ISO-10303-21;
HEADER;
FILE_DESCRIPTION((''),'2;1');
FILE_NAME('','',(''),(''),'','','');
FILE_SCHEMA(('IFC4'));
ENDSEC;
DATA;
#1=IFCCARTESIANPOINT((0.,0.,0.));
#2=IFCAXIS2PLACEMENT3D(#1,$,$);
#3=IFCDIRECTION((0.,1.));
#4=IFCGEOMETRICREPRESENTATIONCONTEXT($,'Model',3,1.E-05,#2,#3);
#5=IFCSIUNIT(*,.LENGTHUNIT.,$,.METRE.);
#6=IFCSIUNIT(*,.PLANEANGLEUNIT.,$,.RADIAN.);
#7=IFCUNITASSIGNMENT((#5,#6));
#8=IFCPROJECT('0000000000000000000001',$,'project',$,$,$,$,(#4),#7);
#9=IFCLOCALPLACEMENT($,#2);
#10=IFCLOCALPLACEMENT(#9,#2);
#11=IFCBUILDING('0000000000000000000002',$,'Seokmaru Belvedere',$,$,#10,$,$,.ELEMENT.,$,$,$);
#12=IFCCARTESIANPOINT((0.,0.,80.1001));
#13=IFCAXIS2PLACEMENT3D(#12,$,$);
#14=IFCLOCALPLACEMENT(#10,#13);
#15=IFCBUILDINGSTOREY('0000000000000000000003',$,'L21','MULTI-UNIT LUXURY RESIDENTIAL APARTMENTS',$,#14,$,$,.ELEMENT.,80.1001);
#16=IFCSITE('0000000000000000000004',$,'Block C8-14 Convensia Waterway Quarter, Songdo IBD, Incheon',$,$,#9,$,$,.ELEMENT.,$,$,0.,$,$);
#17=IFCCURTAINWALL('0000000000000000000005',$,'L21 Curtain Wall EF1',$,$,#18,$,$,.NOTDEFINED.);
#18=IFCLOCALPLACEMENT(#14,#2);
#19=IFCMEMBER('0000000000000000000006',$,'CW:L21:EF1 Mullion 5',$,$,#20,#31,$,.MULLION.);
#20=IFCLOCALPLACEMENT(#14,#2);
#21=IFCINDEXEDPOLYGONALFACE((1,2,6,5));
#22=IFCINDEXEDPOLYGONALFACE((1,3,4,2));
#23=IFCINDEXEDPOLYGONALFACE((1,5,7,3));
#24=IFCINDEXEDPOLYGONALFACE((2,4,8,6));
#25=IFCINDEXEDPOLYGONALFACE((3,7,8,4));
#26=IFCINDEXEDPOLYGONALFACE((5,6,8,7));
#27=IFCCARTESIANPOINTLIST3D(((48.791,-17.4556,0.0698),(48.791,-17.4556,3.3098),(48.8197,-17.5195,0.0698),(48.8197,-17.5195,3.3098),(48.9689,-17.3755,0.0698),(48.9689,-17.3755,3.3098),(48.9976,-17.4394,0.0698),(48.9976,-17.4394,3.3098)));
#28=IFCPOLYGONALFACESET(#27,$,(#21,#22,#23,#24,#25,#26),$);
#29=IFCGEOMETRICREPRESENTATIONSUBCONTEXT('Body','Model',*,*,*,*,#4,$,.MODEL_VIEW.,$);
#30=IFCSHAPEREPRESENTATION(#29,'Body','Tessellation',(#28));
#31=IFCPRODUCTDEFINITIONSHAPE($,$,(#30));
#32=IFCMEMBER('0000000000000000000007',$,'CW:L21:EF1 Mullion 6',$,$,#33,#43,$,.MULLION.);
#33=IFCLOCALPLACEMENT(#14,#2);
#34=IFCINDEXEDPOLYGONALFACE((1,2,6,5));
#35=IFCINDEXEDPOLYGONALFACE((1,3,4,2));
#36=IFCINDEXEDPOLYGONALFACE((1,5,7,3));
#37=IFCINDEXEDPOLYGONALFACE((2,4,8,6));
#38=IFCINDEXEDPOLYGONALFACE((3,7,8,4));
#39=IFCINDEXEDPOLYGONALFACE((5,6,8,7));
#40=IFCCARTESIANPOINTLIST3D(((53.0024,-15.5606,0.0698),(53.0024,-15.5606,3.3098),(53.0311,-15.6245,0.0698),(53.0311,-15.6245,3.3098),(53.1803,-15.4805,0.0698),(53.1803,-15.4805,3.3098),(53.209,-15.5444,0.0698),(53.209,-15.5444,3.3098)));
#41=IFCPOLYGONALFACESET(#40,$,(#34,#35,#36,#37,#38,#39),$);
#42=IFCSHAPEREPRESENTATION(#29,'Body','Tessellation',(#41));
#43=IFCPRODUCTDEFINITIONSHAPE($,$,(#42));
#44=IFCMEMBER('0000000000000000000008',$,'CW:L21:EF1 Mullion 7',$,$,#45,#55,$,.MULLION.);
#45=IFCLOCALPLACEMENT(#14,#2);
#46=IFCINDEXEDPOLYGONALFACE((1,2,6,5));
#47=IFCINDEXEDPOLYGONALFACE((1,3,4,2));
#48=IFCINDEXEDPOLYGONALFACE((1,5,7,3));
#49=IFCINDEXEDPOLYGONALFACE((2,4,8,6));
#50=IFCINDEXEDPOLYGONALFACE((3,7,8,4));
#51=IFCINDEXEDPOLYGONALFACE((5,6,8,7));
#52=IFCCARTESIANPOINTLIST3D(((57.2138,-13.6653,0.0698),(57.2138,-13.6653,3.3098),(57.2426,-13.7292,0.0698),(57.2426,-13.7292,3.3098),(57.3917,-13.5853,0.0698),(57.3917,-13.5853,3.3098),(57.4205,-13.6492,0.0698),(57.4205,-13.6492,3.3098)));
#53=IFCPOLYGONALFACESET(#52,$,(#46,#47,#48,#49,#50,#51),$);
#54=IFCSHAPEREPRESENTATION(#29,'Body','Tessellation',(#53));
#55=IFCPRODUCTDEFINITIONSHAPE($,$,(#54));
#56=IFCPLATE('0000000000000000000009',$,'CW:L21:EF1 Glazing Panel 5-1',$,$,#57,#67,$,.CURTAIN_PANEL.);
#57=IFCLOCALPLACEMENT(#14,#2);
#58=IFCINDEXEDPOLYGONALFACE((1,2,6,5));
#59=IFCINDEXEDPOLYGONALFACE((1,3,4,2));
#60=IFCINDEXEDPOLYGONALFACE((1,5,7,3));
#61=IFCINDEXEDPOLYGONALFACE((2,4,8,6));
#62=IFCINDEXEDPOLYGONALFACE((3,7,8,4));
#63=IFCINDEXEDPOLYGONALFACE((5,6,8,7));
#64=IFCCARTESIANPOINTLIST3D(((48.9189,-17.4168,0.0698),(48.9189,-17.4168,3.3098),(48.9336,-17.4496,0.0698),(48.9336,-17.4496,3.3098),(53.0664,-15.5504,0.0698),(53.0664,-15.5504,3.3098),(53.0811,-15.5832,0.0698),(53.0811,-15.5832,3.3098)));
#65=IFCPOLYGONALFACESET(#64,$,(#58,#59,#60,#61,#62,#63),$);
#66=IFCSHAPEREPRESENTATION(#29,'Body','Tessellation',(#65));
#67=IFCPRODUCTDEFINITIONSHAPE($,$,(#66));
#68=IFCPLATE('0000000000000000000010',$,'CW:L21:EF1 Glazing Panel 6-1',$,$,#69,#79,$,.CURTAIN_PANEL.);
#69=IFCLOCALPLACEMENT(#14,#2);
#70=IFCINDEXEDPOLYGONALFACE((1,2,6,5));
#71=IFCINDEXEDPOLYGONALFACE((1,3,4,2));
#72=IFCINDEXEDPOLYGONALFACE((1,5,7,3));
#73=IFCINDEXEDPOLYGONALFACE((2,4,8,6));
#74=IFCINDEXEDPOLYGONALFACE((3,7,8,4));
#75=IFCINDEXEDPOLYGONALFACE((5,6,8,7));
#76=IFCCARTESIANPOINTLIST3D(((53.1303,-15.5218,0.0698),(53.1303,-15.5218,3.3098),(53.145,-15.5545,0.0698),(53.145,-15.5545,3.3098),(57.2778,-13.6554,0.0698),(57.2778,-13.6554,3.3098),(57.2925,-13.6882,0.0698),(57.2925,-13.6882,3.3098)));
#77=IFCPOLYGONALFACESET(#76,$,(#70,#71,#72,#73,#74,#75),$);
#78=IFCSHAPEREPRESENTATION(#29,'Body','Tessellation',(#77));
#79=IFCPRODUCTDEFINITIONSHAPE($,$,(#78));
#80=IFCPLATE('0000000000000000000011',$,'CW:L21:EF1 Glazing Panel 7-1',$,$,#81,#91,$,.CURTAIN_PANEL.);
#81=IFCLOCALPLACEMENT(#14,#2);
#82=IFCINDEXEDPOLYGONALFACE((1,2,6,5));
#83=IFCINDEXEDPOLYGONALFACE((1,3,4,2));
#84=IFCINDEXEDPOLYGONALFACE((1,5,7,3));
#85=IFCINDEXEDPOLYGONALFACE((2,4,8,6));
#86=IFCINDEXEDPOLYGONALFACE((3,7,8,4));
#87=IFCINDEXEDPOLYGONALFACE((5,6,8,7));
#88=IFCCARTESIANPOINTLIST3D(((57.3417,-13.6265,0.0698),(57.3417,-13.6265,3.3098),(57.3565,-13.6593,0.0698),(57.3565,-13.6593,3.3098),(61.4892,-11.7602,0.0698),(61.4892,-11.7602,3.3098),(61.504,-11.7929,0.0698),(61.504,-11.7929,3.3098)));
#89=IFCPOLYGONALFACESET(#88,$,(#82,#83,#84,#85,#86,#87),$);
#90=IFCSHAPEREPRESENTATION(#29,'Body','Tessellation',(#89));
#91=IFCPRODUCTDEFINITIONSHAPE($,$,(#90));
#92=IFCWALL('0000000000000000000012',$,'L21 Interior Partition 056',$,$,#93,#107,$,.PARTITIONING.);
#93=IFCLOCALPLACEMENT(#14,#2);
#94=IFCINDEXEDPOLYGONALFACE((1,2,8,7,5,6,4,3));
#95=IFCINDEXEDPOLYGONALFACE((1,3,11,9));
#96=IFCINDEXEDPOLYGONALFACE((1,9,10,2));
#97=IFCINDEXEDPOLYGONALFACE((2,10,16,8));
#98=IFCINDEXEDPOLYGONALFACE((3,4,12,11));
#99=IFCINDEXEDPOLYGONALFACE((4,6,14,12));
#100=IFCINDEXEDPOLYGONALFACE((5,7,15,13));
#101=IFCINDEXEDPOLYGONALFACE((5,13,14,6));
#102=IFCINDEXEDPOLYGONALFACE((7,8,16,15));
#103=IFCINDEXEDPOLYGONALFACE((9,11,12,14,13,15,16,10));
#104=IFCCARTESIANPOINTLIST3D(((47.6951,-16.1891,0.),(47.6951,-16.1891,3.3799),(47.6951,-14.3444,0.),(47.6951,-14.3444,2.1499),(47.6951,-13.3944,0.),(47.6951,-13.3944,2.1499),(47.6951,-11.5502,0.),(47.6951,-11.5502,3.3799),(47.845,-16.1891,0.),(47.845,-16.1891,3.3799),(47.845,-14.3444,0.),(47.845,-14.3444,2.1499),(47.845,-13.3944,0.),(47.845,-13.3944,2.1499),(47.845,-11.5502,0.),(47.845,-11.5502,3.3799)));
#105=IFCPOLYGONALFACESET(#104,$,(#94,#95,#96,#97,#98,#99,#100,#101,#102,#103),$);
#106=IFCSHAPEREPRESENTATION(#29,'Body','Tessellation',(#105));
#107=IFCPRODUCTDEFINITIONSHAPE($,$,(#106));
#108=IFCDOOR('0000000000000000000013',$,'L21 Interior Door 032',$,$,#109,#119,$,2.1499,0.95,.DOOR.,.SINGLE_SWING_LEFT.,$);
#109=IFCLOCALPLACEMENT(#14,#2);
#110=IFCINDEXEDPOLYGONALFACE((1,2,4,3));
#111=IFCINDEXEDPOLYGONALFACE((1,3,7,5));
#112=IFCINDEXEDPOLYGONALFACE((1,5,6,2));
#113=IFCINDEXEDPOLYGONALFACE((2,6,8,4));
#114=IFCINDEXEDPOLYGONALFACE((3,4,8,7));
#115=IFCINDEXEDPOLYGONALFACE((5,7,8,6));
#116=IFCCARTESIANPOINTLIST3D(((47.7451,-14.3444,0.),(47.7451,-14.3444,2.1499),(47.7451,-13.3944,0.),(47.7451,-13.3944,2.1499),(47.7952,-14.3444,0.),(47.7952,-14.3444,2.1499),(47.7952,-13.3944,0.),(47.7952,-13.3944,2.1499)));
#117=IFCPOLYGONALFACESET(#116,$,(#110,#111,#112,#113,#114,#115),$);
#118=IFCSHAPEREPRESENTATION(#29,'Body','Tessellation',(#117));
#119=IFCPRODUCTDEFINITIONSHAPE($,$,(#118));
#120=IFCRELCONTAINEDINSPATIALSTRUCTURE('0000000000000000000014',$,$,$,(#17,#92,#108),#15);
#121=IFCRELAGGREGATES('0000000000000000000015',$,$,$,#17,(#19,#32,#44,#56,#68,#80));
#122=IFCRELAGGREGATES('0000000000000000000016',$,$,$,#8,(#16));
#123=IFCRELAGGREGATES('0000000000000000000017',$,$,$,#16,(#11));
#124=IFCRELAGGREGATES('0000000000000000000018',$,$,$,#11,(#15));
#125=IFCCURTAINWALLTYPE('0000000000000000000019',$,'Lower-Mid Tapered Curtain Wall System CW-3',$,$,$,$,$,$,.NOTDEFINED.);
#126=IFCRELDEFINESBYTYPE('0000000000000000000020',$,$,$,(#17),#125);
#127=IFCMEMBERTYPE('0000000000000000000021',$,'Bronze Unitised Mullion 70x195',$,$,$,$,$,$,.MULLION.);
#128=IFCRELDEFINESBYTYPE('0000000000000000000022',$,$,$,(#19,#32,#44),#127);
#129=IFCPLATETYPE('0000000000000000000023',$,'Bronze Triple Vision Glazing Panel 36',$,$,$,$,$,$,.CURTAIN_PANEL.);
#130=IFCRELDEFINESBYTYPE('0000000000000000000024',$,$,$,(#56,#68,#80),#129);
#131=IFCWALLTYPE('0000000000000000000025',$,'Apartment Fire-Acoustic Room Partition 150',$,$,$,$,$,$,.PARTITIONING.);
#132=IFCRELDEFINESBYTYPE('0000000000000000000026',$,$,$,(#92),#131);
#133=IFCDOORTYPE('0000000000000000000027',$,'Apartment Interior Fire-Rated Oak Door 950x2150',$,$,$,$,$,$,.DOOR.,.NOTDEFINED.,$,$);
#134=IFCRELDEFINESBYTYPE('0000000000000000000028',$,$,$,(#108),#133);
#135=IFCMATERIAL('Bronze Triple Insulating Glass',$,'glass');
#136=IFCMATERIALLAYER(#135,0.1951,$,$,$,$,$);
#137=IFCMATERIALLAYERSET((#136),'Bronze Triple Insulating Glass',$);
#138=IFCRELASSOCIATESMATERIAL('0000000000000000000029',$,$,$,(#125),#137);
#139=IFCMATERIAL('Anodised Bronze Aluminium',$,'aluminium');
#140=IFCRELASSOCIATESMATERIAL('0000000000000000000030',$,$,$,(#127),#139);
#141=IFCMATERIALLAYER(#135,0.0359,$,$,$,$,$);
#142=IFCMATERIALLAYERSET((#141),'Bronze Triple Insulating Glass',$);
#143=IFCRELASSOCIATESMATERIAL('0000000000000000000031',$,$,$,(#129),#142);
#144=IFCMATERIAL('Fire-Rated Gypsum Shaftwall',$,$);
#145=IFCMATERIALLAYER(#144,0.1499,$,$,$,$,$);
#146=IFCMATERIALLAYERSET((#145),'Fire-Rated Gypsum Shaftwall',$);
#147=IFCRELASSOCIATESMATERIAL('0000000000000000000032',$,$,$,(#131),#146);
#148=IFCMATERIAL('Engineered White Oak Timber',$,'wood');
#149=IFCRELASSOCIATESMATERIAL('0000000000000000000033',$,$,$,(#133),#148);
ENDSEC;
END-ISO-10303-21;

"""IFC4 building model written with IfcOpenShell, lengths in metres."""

from ifc_helpers import new_model, si_unit, direction, frame, frame_2d, origin, origin_2d, place, context, subcontext, project, spatial, rectangle, extrude, source, transform, mapped, material, layer, layer_set, material_profile, profile_set, type_object, type_shapes, element, fill, aggregate, save


model = new_model("IFC4")

# Units and contexts
model_context = context("Model", 3, precision=1e-05, world=origin(), true_north=direction((0.0, 1.0)))
body_context = subcontext(model_context, "Body", "Model", "MODEL_VIEW")
ifc_project = project(units=[si_unit("LENGTHUNIT", "METRE"), si_unit("PLANEANGLEUNIT", "RADIAN")], contexts=[model_context])

# Site, building, storey
site_placement = place(None, origin())
site = spatial("IfcSite", under=ifc_project, at=site_placement, Name="Block C8-14 Convensia Waterway Quarter, Songdo IBD, Incheon", CompositionType="ELEMENT", RefElevation=0.0)
building_placement = place(site_placement, origin())
building = spatial("IfcBuilding", under=site, at=building_placement, Name="Seokmaru Belvedere", CompositionType="ELEMENT")
storey_placement = place(building_placement, frame((0.0, 0.0, 80.1001)))
storey = spatial("IfcBuildingStorey", under=building, at=storey_placement, Name="L21", Description="MULTI-UNIT LUXURY RESIDENTIAL APARTMENTS", CompositionType="ELEMENT", Elevation=80.1001)

# Curtain wall, members, plates
ifc_material_1 = material(Name="Bronze Triple Insulating Glass", Category="glass")
ifc_layer_1 = layer(ifc_material_1, 0.1951)
ifc_layer_set_1 = layer_set([ifc_layer_1], Name="Bronze Triple Insulating Glass")
curtain_wall_type = type_object("IfcCurtainWallType", Name="Lower-Mid Tapered Curtain Wall System CW-3", PredefinedType="NOTDEFINED", material=ifc_layer_set_1)
curtain_wall_placement = place(storey_placement, origin())
curtain_wall = element("IfcCurtainWall", 1, at=curtain_wall_placement, inside=storey, type_object=curtain_wall_type, Name="L21 Curtain Wall EF1", PredefinedType="NOTDEFINED")
ifc_material_2 = material(Name="Anodised Bronze Aluminium", Category="aluminium")
ifc_material_profile_1 = material_profile(ifc_material_2, rectangle(XDim=0.0701, YDim=0.1951, at=origin_2d()), Name="CW-M-70x195")
ifc_profile_set_1 = profile_set([ifc_material_profile_1], Name="Anodised Bronze Aluminium")
member_type = type_object("IfcMemberType", Name="Bronze Unitised Mullion 70x195", PredefinedType="MULLION", material=ifc_profile_set_1)
shared_shape_1 = source(origin(), body_context, "Body", "SweptSolid", [
    extrude(rectangle(XDim=0.0701, YDim=0.1951, at=origin_2d()), origin(), (0.0, 0.0, 1.0), 3.24),
])
type_shapes(member_type, [shared_shape_1])
member_1_placement = place(storey_placement, frame((48.8943, -17.4475, 0.0698), z_axis=(0.0, 0.0, 1.0), x_axis=(-0.410366, 0.911921, 0.0)))
member_1 = element("IfcMember", 2, at=member_1_placement, type_object=member_type, Name="CW:L21:EF1 Mullion 5", PredefinedType="MULLION", context=body_context, shape_type="MappedRepresentation", body=[
    mapped(shared_shape_1, transform((0.0, 0.0, 0.0), scale=1.0)),
])
member_2_placement = place(storey_placement, frame((53.1057, -15.5525, 0.0698), z_axis=(0.0, 0.0, 1.0), x_axis=(-0.410366, 0.911921, 0.0)))
member_2 = element("IfcMember", 3, at=member_2_placement, type_object=member_type, Name="CW:L21:EF1 Mullion 6", PredefinedType="MULLION", context=body_context, shape_type="MappedRepresentation", body=[
    mapped(shared_shape_1, transform((0.0, 0.0, 0.0), scale=1.0)),
])
member_3_placement = place(storey_placement, frame((57.3171, -13.6572, 0.0698), z_axis=(0.0, 0.0, 1.0), x_axis=(-0.410366, 0.911921, 0.0)))
member_3 = element("IfcMember", 4, at=member_3_placement, type_object=member_type, Name="CW:L21:EF1 Mullion 7", PredefinedType="MULLION", context=body_context, shape_type="MappedRepresentation", body=[
    mapped(shared_shape_1, transform((0.0, 0.0, 0.0), scale=1.0)),
])
ifc_layer_2 = layer(ifc_material_1, 0.0359)
ifc_layer_set_2 = layer_set([ifc_layer_2], Name="Bronze Triple Insulating Glass")
plate_type = type_object("IfcPlateType", Name="Bronze Triple Vision Glazing Panel 36", PredefinedType="CURTAIN_PANEL", material=ifc_layer_set_2)
shared_shape_2 = source(origin(), body_context, "Body", "SweptSolid", [
    extrude(rectangle(XDim=4.5481, YDim=0.0359, at=origin_2d()), origin(), (0.0, 0.0, 1.0), 3.24),
])
type_shapes(plate_type, [shared_shape_2])
plate_1_placement = place(storey_placement, frame((51.0, -16.5, 0.0698), z_axis=(0.0, 0.0, 1.0), x_axis=(0.911921, 0.410366, 0.0)))
plate_1 = element("IfcPlate", 5, at=plate_1_placement, type_object=plate_type, Name="CW:L21:EF1 Glazing Panel 5-1", PredefinedType="CURTAIN_PANEL", context=body_context, shape_type="MappedRepresentation", body=[
    mapped(shared_shape_2, transform((0.0, 0.0, 0.0), scale=1.0)),
])
plate_2_placement = place(storey_placement, frame((55.2114, -14.605, 0.0698), z_axis=(0.0, 0.0, 1.0), x_axis=(0.911921, 0.410366, 0.0)))
plate_2 = element("IfcPlate", 6, at=plate_2_placement, type_object=plate_type, Name="CW:L21:EF1 Glazing Panel 6-1", PredefinedType="CURTAIN_PANEL", context=body_context, shape_type="MappedRepresentation", body=[
    mapped(shared_shape_2, transform((0.0, 0.0, 0.0), scale=1.0)),
])
plate_3_placement = place(storey_placement, frame((59.4229, -12.7097, 0.0698), z_axis=(0.0, 0.0, 1.0), x_axis=(0.911921, 0.410366, 0.0)))
plate_3 = element("IfcPlate", 7, at=plate_3_placement, type_object=plate_type, Name="CW:L21:EF1 Glazing Panel 7-1", PredefinedType="CURTAIN_PANEL", context=body_context, shape_type="MappedRepresentation", body=[
    mapped(shared_shape_2, transform((0.0, 0.0, 0.0), scale=1.0)),
])
aggregate(curtain_wall, [member_1, member_2, member_3, plate_1, plate_2, plate_3])

# Wall, opening, door
ifc_material_3 = material(Name="Fire-Rated Gypsum Shaftwall")
ifc_layer_3 = layer(ifc_material_3, 0.1499)
ifc_layer_set_3 = layer_set([ifc_layer_3], Name="Fire-Rated Gypsum Shaftwall")
wall_type = type_object("IfcWallType", Name="Apartment Fire-Acoustic Room Partition 150", PredefinedType="PARTITIONING", material=ifc_layer_set_3)
wall_1_placement = place(storey_placement, frame((47.77, -16.189, 0.0), z_axis=(0.0, 0.0, 1.0), x_axis=(0.0, 1.0, 0.0)))
wall_1 = element("IfcWall", 8, at=wall_1_placement, inside=storey, type_object=wall_type, Name="L21 Interior Partition 056", PredefinedType="PARTITIONING", context=body_context, shape_type="SweptSolid", body=[
    extrude(rectangle(XDim=4.6389, YDim=0.1499, at=frame_2d((2.3193, 0.0))), origin(), (0.0, 0.0, 1.0), 3.3799),
])
opening_1_placement = place(wall_1_placement, frame((1.8445, 0.0, 0.0)))
opening_1 = element("IfcOpeningElement", 9, at=opening_1_placement, cuts=wall_1, PredefinedType="OPENING", context=body_context, shape_type="SweptSolid", body=[
    extrude(rectangle(XDim=0.95, YDim=2.1499, at=frame_2d((0.4751, 1.075))), frame((0.0, 0.085, 0.0), z_axis=(0.0, -1.0, 0.0), x_axis=(1.0, 0.0, 0.0)), (0.0, 0.0, 1.0), 0.1699),
])
ifc_material_4 = material(Name="Engineered White Oak Timber", Category="wood")
door_type = type_object("IfcDoorType", Name="Apartment Interior Fire-Rated Oak Door 950x2150", OperationType="NOTDEFINED", PredefinedType="DOOR", material=ifc_material_4)
shared_shape_3 = source(origin(), body_context, "Body", "SweptSolid", [
    extrude(rectangle(XDim=0.95, YDim=2.1499, at=frame_2d((0.4751, 1.075))), frame((0.0, 0.0249, 0.0), z_axis=(0.0, -1.0, 0.0), x_axis=(1.0, 0.0, 0.0)), (0.0, 0.0, 1.0), 0.05),
])
type_shapes(door_type, [shared_shape_3])
door_1_placement = place(opening_1_placement, origin())
door_1 = element("IfcDoor", 10, at=door_1_placement, inside=storey, type_object=door_type, Name="L21 Interior Door 032", OperationType="SINGLE_SWING_LEFT", OverallHeight=2.1499, OverallWidth=0.95, PredefinedType="DOOR", context=body_context, shape_type="MappedRepresentation", body=[
    mapped(shared_shape_3, transform((0.0, 0.0, 0.0), scale=1.0)),
])
fill(opening_1, door_1)

save(model, "model.ifc")
